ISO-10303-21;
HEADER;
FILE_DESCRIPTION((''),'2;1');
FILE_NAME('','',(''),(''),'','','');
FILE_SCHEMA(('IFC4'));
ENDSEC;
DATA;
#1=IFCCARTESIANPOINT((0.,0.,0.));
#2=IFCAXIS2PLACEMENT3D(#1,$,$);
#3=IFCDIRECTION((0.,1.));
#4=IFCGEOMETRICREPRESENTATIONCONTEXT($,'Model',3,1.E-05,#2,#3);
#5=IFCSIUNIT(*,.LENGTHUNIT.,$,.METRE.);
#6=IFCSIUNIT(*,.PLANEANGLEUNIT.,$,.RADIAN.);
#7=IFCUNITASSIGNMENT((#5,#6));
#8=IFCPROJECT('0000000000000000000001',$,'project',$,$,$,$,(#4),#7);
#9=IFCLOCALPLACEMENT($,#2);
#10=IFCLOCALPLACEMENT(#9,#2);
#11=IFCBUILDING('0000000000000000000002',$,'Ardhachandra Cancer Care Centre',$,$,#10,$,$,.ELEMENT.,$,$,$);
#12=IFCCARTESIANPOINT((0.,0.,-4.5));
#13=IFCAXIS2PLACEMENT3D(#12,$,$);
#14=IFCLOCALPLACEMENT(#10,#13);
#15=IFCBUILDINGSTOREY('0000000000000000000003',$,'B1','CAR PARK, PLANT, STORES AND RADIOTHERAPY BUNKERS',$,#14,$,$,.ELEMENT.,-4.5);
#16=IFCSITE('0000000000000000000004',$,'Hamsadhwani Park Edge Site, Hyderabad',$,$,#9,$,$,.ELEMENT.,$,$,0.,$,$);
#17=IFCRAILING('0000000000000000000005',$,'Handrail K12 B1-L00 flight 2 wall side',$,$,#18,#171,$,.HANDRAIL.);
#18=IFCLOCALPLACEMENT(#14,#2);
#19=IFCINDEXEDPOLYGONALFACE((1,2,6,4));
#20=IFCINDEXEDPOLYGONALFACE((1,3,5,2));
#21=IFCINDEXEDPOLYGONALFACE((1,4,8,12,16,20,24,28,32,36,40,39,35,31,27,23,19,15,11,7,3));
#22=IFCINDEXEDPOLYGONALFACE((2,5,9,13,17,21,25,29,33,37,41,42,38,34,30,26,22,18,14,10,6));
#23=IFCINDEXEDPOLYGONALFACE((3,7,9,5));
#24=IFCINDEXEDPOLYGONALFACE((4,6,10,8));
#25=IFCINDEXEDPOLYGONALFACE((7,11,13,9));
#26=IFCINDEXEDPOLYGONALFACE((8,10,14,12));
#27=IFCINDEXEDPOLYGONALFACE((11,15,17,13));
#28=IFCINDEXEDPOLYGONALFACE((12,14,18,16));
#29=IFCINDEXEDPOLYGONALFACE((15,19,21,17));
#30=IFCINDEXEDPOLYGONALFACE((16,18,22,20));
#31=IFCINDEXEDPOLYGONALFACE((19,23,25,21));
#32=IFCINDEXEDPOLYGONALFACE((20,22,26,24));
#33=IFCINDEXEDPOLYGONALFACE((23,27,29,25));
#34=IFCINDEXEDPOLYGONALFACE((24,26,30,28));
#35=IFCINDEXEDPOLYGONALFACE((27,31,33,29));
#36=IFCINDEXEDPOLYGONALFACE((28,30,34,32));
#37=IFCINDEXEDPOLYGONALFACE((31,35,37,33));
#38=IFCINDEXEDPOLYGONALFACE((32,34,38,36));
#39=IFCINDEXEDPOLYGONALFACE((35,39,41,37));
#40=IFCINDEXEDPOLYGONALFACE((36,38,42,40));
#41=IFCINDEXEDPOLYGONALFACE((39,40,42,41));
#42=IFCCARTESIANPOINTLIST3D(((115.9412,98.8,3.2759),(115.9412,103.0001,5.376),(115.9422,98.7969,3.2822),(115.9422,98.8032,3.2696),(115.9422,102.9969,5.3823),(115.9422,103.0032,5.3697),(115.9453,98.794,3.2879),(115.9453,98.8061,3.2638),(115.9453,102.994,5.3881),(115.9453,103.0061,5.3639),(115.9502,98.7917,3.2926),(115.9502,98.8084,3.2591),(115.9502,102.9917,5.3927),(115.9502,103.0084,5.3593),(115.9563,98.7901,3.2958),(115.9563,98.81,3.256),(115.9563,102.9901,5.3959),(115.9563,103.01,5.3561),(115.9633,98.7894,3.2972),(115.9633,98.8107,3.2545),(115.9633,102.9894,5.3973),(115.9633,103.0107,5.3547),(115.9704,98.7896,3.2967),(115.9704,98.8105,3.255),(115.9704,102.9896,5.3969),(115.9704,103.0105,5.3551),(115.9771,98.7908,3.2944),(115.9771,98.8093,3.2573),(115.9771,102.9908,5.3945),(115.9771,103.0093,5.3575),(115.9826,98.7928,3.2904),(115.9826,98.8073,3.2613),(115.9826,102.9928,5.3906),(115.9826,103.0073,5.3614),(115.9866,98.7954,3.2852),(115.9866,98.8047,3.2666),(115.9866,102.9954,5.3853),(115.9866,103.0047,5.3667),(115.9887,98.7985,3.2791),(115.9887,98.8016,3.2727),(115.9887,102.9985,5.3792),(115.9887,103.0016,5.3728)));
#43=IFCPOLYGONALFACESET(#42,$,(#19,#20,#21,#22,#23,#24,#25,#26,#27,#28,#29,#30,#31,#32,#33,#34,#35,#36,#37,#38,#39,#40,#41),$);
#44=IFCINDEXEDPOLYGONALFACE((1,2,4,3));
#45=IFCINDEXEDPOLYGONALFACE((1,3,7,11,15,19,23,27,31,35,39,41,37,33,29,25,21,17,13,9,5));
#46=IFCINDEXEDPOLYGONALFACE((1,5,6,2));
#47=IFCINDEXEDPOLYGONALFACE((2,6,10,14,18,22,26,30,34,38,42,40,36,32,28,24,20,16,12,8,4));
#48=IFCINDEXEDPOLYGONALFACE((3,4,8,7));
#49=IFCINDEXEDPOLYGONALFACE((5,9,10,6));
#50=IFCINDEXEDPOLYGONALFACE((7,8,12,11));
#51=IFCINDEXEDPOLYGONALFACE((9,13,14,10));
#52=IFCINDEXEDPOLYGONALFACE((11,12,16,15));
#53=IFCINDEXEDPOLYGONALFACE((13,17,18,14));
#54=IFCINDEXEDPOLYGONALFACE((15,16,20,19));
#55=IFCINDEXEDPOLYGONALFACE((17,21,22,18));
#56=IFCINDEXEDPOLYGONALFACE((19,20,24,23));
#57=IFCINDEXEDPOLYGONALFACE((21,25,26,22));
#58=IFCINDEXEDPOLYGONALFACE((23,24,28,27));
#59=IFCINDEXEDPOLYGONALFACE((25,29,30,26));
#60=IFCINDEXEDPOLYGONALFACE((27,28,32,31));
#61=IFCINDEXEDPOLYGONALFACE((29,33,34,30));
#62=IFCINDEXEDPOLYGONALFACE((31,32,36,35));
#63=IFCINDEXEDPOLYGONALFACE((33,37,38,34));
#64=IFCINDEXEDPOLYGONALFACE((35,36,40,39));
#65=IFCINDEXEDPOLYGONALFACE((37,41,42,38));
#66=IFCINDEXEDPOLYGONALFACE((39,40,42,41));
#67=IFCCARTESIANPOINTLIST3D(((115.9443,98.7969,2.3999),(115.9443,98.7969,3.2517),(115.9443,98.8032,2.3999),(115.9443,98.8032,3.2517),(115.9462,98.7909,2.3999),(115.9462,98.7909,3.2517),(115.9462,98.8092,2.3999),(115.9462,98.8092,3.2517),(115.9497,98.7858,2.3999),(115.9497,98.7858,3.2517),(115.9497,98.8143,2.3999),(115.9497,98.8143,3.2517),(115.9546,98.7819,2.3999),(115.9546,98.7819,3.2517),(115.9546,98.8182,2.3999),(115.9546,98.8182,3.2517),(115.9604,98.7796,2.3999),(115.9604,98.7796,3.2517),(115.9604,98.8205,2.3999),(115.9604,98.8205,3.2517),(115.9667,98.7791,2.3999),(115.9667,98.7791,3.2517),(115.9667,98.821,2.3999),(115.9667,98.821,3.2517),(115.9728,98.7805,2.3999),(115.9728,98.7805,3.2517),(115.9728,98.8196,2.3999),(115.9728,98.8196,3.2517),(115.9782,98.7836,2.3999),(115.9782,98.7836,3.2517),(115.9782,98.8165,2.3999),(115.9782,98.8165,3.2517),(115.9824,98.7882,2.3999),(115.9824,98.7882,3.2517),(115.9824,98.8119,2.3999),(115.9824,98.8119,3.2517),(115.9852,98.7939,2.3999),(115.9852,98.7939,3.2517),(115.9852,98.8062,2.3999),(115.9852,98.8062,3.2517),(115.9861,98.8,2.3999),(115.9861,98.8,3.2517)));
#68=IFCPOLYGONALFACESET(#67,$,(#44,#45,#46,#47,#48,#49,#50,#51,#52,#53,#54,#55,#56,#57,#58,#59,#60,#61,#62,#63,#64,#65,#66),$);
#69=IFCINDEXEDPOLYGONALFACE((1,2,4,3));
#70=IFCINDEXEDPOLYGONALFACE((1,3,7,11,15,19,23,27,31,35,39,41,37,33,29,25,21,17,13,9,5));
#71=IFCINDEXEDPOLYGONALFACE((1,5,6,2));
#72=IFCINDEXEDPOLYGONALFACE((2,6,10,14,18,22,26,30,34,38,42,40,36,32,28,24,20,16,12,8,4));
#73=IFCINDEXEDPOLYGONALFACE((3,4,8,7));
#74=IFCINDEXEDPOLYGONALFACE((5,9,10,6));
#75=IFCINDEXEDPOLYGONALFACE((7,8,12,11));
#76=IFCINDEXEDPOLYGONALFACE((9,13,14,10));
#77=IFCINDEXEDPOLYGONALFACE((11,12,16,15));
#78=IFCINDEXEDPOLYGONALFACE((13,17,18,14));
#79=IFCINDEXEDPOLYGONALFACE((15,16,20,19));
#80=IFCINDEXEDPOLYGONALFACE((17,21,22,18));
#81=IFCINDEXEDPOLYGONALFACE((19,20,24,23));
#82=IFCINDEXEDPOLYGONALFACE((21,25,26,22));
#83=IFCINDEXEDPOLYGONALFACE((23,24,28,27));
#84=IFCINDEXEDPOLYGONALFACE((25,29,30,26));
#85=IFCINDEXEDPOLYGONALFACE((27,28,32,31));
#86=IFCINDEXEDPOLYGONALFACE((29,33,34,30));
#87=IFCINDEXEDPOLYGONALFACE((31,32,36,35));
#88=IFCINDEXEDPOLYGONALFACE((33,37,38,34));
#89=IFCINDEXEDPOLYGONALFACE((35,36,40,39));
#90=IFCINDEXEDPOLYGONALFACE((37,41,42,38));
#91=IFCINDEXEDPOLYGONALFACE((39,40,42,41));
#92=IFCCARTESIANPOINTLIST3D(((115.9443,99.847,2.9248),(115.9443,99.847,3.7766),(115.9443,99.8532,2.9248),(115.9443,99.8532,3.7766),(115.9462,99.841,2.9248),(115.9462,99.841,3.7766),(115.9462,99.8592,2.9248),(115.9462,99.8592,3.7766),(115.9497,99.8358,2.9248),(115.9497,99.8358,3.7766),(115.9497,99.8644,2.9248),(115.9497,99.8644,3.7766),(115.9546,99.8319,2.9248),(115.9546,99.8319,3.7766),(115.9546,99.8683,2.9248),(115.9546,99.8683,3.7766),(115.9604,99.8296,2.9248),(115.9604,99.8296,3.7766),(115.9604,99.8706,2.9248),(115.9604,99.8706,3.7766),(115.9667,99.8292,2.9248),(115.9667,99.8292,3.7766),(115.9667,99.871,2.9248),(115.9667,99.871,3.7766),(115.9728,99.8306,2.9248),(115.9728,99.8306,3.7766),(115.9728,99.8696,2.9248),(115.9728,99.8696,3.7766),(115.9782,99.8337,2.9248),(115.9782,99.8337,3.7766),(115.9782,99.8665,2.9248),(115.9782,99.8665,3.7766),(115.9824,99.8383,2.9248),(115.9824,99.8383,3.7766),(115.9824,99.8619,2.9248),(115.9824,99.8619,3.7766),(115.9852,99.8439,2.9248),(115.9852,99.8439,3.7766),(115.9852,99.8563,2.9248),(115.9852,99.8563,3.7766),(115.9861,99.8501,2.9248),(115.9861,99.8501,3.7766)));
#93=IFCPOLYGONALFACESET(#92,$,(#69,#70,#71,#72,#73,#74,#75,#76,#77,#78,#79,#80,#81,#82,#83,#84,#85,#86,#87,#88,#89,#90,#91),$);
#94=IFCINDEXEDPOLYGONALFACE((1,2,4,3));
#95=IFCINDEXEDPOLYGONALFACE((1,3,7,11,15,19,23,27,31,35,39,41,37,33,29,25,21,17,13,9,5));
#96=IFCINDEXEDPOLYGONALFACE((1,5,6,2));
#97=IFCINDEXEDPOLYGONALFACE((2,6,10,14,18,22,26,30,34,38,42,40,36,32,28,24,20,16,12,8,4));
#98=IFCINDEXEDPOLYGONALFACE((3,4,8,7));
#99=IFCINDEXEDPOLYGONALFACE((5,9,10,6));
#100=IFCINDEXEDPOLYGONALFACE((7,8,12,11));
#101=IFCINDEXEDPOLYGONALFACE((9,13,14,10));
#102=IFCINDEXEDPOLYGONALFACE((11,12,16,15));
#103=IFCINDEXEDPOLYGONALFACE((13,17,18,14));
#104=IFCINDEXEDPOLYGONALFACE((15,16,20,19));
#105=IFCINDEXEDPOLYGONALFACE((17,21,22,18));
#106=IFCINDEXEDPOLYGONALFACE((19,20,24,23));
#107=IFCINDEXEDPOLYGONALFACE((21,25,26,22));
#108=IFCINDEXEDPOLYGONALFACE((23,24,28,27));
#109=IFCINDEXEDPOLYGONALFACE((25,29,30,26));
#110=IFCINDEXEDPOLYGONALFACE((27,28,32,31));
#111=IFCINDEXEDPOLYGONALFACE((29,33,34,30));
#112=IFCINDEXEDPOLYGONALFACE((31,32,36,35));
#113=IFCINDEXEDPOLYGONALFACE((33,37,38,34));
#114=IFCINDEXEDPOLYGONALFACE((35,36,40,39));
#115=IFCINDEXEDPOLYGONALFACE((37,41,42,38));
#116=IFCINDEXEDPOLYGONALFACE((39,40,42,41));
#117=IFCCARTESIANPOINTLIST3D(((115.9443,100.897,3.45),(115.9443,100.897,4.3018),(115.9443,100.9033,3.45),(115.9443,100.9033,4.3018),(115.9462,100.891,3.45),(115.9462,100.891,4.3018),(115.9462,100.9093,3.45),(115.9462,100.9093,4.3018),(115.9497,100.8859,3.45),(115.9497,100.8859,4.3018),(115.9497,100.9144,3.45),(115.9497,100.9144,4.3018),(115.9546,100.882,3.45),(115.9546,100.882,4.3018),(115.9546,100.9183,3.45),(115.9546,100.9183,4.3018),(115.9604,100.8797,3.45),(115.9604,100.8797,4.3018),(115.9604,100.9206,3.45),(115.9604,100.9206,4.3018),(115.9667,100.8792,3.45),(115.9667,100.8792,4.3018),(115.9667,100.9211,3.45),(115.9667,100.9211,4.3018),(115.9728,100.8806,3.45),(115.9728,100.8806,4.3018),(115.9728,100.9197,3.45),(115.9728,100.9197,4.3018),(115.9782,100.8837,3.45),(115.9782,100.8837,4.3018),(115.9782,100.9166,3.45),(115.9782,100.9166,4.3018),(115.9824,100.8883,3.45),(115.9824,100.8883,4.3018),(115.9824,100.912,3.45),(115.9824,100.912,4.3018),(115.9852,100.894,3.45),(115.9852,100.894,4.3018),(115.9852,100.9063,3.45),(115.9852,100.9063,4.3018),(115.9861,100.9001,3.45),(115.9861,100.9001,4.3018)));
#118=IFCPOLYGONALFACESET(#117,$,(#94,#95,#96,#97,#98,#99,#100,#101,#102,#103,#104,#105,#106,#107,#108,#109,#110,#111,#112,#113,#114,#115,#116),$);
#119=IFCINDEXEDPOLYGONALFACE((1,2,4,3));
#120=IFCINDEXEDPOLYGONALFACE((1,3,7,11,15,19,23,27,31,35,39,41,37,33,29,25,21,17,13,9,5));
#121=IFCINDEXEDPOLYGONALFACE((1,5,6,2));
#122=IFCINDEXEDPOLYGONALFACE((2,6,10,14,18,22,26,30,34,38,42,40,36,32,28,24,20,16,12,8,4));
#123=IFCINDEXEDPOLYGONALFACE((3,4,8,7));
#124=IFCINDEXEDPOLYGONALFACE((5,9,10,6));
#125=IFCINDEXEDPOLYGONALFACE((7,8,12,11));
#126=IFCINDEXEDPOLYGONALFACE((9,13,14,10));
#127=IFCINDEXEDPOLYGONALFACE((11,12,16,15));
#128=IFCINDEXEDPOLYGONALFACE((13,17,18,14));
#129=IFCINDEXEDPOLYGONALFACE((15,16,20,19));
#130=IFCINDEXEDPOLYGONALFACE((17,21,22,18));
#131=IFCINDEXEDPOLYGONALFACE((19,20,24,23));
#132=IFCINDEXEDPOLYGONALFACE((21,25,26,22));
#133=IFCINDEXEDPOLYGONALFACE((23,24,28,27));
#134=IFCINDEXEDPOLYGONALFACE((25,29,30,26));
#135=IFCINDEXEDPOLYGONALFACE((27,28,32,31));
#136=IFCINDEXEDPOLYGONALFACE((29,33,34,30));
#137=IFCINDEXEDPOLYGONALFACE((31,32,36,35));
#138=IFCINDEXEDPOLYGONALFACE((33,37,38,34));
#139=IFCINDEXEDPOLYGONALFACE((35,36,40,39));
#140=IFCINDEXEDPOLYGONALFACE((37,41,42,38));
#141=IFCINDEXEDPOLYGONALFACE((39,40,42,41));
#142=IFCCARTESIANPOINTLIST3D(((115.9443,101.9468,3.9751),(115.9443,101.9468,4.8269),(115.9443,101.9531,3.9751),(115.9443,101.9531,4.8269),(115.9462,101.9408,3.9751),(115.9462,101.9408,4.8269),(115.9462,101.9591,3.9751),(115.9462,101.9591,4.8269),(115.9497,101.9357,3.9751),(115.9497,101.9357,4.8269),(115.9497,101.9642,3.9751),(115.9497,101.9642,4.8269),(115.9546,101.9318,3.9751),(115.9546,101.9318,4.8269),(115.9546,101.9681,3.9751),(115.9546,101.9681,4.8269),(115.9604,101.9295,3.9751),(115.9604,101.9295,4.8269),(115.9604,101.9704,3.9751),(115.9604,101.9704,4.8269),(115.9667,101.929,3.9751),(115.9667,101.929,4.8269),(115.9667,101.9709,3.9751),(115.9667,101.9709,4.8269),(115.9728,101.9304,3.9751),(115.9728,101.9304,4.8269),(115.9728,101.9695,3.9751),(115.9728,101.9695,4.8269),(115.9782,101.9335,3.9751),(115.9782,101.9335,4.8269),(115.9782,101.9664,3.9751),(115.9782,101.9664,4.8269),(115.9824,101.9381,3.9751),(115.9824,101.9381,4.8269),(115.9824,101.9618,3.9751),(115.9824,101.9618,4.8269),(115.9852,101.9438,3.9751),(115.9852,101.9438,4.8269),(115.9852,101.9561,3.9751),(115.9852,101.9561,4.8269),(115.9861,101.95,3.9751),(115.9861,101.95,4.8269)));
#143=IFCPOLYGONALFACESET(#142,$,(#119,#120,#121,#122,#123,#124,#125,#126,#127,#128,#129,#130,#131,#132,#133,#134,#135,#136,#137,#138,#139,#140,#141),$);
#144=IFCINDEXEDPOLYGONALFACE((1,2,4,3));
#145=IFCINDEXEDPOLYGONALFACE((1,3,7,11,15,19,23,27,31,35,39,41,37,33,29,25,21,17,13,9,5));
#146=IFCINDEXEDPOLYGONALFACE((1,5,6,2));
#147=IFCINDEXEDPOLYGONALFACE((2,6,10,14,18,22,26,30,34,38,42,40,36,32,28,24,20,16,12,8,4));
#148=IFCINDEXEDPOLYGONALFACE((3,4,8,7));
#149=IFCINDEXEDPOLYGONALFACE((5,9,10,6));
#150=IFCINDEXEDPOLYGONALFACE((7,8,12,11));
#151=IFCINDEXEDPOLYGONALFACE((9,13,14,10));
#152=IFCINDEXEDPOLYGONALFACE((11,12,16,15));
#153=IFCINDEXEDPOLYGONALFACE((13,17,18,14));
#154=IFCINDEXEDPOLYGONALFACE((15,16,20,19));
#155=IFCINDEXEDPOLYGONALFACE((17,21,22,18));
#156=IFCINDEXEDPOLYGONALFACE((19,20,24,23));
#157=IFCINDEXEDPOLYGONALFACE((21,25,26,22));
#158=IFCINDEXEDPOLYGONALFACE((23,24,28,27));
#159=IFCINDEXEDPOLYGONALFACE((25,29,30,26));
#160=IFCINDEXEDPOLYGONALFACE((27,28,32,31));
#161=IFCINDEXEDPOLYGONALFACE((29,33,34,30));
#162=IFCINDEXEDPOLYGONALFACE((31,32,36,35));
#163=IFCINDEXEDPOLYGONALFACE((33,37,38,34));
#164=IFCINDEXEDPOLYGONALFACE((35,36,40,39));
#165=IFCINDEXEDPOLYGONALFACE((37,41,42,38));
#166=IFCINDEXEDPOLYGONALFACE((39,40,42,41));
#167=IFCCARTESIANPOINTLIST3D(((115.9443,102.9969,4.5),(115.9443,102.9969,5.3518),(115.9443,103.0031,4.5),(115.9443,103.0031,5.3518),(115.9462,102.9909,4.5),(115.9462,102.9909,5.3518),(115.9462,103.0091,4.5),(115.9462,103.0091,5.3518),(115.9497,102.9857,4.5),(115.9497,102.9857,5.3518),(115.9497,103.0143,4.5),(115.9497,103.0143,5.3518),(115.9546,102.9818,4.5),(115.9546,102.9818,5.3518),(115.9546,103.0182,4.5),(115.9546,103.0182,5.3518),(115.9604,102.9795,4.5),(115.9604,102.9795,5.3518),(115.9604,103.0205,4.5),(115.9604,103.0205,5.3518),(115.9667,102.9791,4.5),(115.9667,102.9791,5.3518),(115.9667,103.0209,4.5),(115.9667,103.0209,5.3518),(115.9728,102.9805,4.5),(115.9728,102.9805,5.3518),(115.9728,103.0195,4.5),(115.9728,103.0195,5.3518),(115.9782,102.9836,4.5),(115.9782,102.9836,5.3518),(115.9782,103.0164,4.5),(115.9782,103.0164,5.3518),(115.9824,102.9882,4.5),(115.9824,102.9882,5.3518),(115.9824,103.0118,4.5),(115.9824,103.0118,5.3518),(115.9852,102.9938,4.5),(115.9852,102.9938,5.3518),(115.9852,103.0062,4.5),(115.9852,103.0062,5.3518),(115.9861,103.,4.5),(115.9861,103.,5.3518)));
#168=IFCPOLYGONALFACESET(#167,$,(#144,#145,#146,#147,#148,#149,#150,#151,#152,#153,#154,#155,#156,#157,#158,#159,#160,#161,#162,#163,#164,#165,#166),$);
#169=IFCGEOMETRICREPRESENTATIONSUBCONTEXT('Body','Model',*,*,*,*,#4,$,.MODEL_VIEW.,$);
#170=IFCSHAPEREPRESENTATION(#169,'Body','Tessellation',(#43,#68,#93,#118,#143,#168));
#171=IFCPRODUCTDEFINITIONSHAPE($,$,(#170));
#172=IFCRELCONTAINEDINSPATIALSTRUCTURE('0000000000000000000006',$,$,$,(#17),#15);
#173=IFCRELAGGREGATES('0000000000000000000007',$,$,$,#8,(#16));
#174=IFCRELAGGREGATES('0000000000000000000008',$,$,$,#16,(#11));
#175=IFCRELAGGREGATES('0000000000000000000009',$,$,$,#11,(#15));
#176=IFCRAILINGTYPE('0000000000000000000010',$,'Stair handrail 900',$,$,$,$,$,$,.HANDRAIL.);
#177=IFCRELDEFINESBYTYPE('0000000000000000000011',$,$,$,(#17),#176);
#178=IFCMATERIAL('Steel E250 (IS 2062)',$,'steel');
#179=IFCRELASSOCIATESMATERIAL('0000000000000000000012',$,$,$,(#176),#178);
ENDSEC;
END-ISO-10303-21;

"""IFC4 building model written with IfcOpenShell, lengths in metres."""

from ifc_helpers import new_model, si_unit, direction, frame, origin, origin_2d, place, context, subcontext, project, spatial, circle, extrude, material, type_object, element, save


model = new_model("IFC4")

# Units and contexts
model_context = context("Model", 3, precision=1e-05, world=origin(), true_north=direction((0.0, 1.0)))
body_context = subcontext(model_context, "Body", "Model", "MODEL_VIEW")
ifc_project = project(units=[si_unit("LENGTHUNIT", "METRE"), si_unit("PLANEANGLEUNIT", "RADIAN")], contexts=[model_context])

# Site, building, storey
site_placement = place(None, origin())
site = spatial("IfcSite", under=ifc_project, at=site_placement, Name="Hamsadhwani Park Edge Site, Hyderabad", CompositionType="ELEMENT", RefElevation=0.0)
building_placement = place(site_placement, origin())
building = spatial("IfcBuilding", under=site, at=building_placement, Name="Ardhachandra Cancer Care Centre", CompositionType="ELEMENT")
storey_placement = place(building_placement, frame((0.0, 0.0, -4.5)))
storey = spatial("IfcBuildingStorey", under=building, at=storey_placement, Name="B1", Description="CAR PARK, PLANT, STORES AND RADIOTHERAPY BUNKERS", CompositionType="ELEMENT", Elevation=-4.5)

# Railing
ifc_material_1 = material(Name="Steel E250 (IS 2062)", Category="steel")
railing_type = type_object("IfcRailingType", Name="Stair handrail 900", PredefinedType="HANDRAIL", material=ifc_material_1)
for number, where, name in (
    (1, (115.9651, 98.8, 2.3999), "Handrail K12 B1-L00 flight 2 wall side"),
):
    element("IfcRailing", number, at=place(storey_placement, frame(where)), inside=storey, type_object=railing_type, Name=name, PredefinedType="HANDRAIL", context=body_context, shape_type="SweptSolid", body=[
        extrude(circle(Radius=0.0239, at=origin_2d()), frame((0.0, 0.0, 0.876), z_axis=(0.0, 0.894417, 0.447234), x_axis=(-1.0, 0.0, 0.0)), (0.0, 0.0, 1.0), 4.6958),
        extrude(circle(Radius=0.021, at=origin_2d()), origin(), (0.0, 0.0, 1.0), 0.8518),
        extrude(circle(Radius=0.021, at=origin_2d()), frame((0.0, 1.05, 0.5249)), (0.0, 0.0, 1.0), 0.8518),
        extrude(circle(Radius=0.021, at=origin_2d()), frame((0.0, 2.1001, 1.05)), (0.0, 0.0, 1.0), 0.8518),
        extrude(circle(Radius=0.021, at=origin_2d()), frame((0.0, 3.1499, 1.5752)), (0.0, 0.0, 1.0), 0.8518),
        extrude(circle(Radius=0.021, at=origin_2d()), frame((0.0, 4.2, 2.1001)), (0.0, 0.0, 1.0), 0.8518),
    ])

save(model, "model.ifc")
